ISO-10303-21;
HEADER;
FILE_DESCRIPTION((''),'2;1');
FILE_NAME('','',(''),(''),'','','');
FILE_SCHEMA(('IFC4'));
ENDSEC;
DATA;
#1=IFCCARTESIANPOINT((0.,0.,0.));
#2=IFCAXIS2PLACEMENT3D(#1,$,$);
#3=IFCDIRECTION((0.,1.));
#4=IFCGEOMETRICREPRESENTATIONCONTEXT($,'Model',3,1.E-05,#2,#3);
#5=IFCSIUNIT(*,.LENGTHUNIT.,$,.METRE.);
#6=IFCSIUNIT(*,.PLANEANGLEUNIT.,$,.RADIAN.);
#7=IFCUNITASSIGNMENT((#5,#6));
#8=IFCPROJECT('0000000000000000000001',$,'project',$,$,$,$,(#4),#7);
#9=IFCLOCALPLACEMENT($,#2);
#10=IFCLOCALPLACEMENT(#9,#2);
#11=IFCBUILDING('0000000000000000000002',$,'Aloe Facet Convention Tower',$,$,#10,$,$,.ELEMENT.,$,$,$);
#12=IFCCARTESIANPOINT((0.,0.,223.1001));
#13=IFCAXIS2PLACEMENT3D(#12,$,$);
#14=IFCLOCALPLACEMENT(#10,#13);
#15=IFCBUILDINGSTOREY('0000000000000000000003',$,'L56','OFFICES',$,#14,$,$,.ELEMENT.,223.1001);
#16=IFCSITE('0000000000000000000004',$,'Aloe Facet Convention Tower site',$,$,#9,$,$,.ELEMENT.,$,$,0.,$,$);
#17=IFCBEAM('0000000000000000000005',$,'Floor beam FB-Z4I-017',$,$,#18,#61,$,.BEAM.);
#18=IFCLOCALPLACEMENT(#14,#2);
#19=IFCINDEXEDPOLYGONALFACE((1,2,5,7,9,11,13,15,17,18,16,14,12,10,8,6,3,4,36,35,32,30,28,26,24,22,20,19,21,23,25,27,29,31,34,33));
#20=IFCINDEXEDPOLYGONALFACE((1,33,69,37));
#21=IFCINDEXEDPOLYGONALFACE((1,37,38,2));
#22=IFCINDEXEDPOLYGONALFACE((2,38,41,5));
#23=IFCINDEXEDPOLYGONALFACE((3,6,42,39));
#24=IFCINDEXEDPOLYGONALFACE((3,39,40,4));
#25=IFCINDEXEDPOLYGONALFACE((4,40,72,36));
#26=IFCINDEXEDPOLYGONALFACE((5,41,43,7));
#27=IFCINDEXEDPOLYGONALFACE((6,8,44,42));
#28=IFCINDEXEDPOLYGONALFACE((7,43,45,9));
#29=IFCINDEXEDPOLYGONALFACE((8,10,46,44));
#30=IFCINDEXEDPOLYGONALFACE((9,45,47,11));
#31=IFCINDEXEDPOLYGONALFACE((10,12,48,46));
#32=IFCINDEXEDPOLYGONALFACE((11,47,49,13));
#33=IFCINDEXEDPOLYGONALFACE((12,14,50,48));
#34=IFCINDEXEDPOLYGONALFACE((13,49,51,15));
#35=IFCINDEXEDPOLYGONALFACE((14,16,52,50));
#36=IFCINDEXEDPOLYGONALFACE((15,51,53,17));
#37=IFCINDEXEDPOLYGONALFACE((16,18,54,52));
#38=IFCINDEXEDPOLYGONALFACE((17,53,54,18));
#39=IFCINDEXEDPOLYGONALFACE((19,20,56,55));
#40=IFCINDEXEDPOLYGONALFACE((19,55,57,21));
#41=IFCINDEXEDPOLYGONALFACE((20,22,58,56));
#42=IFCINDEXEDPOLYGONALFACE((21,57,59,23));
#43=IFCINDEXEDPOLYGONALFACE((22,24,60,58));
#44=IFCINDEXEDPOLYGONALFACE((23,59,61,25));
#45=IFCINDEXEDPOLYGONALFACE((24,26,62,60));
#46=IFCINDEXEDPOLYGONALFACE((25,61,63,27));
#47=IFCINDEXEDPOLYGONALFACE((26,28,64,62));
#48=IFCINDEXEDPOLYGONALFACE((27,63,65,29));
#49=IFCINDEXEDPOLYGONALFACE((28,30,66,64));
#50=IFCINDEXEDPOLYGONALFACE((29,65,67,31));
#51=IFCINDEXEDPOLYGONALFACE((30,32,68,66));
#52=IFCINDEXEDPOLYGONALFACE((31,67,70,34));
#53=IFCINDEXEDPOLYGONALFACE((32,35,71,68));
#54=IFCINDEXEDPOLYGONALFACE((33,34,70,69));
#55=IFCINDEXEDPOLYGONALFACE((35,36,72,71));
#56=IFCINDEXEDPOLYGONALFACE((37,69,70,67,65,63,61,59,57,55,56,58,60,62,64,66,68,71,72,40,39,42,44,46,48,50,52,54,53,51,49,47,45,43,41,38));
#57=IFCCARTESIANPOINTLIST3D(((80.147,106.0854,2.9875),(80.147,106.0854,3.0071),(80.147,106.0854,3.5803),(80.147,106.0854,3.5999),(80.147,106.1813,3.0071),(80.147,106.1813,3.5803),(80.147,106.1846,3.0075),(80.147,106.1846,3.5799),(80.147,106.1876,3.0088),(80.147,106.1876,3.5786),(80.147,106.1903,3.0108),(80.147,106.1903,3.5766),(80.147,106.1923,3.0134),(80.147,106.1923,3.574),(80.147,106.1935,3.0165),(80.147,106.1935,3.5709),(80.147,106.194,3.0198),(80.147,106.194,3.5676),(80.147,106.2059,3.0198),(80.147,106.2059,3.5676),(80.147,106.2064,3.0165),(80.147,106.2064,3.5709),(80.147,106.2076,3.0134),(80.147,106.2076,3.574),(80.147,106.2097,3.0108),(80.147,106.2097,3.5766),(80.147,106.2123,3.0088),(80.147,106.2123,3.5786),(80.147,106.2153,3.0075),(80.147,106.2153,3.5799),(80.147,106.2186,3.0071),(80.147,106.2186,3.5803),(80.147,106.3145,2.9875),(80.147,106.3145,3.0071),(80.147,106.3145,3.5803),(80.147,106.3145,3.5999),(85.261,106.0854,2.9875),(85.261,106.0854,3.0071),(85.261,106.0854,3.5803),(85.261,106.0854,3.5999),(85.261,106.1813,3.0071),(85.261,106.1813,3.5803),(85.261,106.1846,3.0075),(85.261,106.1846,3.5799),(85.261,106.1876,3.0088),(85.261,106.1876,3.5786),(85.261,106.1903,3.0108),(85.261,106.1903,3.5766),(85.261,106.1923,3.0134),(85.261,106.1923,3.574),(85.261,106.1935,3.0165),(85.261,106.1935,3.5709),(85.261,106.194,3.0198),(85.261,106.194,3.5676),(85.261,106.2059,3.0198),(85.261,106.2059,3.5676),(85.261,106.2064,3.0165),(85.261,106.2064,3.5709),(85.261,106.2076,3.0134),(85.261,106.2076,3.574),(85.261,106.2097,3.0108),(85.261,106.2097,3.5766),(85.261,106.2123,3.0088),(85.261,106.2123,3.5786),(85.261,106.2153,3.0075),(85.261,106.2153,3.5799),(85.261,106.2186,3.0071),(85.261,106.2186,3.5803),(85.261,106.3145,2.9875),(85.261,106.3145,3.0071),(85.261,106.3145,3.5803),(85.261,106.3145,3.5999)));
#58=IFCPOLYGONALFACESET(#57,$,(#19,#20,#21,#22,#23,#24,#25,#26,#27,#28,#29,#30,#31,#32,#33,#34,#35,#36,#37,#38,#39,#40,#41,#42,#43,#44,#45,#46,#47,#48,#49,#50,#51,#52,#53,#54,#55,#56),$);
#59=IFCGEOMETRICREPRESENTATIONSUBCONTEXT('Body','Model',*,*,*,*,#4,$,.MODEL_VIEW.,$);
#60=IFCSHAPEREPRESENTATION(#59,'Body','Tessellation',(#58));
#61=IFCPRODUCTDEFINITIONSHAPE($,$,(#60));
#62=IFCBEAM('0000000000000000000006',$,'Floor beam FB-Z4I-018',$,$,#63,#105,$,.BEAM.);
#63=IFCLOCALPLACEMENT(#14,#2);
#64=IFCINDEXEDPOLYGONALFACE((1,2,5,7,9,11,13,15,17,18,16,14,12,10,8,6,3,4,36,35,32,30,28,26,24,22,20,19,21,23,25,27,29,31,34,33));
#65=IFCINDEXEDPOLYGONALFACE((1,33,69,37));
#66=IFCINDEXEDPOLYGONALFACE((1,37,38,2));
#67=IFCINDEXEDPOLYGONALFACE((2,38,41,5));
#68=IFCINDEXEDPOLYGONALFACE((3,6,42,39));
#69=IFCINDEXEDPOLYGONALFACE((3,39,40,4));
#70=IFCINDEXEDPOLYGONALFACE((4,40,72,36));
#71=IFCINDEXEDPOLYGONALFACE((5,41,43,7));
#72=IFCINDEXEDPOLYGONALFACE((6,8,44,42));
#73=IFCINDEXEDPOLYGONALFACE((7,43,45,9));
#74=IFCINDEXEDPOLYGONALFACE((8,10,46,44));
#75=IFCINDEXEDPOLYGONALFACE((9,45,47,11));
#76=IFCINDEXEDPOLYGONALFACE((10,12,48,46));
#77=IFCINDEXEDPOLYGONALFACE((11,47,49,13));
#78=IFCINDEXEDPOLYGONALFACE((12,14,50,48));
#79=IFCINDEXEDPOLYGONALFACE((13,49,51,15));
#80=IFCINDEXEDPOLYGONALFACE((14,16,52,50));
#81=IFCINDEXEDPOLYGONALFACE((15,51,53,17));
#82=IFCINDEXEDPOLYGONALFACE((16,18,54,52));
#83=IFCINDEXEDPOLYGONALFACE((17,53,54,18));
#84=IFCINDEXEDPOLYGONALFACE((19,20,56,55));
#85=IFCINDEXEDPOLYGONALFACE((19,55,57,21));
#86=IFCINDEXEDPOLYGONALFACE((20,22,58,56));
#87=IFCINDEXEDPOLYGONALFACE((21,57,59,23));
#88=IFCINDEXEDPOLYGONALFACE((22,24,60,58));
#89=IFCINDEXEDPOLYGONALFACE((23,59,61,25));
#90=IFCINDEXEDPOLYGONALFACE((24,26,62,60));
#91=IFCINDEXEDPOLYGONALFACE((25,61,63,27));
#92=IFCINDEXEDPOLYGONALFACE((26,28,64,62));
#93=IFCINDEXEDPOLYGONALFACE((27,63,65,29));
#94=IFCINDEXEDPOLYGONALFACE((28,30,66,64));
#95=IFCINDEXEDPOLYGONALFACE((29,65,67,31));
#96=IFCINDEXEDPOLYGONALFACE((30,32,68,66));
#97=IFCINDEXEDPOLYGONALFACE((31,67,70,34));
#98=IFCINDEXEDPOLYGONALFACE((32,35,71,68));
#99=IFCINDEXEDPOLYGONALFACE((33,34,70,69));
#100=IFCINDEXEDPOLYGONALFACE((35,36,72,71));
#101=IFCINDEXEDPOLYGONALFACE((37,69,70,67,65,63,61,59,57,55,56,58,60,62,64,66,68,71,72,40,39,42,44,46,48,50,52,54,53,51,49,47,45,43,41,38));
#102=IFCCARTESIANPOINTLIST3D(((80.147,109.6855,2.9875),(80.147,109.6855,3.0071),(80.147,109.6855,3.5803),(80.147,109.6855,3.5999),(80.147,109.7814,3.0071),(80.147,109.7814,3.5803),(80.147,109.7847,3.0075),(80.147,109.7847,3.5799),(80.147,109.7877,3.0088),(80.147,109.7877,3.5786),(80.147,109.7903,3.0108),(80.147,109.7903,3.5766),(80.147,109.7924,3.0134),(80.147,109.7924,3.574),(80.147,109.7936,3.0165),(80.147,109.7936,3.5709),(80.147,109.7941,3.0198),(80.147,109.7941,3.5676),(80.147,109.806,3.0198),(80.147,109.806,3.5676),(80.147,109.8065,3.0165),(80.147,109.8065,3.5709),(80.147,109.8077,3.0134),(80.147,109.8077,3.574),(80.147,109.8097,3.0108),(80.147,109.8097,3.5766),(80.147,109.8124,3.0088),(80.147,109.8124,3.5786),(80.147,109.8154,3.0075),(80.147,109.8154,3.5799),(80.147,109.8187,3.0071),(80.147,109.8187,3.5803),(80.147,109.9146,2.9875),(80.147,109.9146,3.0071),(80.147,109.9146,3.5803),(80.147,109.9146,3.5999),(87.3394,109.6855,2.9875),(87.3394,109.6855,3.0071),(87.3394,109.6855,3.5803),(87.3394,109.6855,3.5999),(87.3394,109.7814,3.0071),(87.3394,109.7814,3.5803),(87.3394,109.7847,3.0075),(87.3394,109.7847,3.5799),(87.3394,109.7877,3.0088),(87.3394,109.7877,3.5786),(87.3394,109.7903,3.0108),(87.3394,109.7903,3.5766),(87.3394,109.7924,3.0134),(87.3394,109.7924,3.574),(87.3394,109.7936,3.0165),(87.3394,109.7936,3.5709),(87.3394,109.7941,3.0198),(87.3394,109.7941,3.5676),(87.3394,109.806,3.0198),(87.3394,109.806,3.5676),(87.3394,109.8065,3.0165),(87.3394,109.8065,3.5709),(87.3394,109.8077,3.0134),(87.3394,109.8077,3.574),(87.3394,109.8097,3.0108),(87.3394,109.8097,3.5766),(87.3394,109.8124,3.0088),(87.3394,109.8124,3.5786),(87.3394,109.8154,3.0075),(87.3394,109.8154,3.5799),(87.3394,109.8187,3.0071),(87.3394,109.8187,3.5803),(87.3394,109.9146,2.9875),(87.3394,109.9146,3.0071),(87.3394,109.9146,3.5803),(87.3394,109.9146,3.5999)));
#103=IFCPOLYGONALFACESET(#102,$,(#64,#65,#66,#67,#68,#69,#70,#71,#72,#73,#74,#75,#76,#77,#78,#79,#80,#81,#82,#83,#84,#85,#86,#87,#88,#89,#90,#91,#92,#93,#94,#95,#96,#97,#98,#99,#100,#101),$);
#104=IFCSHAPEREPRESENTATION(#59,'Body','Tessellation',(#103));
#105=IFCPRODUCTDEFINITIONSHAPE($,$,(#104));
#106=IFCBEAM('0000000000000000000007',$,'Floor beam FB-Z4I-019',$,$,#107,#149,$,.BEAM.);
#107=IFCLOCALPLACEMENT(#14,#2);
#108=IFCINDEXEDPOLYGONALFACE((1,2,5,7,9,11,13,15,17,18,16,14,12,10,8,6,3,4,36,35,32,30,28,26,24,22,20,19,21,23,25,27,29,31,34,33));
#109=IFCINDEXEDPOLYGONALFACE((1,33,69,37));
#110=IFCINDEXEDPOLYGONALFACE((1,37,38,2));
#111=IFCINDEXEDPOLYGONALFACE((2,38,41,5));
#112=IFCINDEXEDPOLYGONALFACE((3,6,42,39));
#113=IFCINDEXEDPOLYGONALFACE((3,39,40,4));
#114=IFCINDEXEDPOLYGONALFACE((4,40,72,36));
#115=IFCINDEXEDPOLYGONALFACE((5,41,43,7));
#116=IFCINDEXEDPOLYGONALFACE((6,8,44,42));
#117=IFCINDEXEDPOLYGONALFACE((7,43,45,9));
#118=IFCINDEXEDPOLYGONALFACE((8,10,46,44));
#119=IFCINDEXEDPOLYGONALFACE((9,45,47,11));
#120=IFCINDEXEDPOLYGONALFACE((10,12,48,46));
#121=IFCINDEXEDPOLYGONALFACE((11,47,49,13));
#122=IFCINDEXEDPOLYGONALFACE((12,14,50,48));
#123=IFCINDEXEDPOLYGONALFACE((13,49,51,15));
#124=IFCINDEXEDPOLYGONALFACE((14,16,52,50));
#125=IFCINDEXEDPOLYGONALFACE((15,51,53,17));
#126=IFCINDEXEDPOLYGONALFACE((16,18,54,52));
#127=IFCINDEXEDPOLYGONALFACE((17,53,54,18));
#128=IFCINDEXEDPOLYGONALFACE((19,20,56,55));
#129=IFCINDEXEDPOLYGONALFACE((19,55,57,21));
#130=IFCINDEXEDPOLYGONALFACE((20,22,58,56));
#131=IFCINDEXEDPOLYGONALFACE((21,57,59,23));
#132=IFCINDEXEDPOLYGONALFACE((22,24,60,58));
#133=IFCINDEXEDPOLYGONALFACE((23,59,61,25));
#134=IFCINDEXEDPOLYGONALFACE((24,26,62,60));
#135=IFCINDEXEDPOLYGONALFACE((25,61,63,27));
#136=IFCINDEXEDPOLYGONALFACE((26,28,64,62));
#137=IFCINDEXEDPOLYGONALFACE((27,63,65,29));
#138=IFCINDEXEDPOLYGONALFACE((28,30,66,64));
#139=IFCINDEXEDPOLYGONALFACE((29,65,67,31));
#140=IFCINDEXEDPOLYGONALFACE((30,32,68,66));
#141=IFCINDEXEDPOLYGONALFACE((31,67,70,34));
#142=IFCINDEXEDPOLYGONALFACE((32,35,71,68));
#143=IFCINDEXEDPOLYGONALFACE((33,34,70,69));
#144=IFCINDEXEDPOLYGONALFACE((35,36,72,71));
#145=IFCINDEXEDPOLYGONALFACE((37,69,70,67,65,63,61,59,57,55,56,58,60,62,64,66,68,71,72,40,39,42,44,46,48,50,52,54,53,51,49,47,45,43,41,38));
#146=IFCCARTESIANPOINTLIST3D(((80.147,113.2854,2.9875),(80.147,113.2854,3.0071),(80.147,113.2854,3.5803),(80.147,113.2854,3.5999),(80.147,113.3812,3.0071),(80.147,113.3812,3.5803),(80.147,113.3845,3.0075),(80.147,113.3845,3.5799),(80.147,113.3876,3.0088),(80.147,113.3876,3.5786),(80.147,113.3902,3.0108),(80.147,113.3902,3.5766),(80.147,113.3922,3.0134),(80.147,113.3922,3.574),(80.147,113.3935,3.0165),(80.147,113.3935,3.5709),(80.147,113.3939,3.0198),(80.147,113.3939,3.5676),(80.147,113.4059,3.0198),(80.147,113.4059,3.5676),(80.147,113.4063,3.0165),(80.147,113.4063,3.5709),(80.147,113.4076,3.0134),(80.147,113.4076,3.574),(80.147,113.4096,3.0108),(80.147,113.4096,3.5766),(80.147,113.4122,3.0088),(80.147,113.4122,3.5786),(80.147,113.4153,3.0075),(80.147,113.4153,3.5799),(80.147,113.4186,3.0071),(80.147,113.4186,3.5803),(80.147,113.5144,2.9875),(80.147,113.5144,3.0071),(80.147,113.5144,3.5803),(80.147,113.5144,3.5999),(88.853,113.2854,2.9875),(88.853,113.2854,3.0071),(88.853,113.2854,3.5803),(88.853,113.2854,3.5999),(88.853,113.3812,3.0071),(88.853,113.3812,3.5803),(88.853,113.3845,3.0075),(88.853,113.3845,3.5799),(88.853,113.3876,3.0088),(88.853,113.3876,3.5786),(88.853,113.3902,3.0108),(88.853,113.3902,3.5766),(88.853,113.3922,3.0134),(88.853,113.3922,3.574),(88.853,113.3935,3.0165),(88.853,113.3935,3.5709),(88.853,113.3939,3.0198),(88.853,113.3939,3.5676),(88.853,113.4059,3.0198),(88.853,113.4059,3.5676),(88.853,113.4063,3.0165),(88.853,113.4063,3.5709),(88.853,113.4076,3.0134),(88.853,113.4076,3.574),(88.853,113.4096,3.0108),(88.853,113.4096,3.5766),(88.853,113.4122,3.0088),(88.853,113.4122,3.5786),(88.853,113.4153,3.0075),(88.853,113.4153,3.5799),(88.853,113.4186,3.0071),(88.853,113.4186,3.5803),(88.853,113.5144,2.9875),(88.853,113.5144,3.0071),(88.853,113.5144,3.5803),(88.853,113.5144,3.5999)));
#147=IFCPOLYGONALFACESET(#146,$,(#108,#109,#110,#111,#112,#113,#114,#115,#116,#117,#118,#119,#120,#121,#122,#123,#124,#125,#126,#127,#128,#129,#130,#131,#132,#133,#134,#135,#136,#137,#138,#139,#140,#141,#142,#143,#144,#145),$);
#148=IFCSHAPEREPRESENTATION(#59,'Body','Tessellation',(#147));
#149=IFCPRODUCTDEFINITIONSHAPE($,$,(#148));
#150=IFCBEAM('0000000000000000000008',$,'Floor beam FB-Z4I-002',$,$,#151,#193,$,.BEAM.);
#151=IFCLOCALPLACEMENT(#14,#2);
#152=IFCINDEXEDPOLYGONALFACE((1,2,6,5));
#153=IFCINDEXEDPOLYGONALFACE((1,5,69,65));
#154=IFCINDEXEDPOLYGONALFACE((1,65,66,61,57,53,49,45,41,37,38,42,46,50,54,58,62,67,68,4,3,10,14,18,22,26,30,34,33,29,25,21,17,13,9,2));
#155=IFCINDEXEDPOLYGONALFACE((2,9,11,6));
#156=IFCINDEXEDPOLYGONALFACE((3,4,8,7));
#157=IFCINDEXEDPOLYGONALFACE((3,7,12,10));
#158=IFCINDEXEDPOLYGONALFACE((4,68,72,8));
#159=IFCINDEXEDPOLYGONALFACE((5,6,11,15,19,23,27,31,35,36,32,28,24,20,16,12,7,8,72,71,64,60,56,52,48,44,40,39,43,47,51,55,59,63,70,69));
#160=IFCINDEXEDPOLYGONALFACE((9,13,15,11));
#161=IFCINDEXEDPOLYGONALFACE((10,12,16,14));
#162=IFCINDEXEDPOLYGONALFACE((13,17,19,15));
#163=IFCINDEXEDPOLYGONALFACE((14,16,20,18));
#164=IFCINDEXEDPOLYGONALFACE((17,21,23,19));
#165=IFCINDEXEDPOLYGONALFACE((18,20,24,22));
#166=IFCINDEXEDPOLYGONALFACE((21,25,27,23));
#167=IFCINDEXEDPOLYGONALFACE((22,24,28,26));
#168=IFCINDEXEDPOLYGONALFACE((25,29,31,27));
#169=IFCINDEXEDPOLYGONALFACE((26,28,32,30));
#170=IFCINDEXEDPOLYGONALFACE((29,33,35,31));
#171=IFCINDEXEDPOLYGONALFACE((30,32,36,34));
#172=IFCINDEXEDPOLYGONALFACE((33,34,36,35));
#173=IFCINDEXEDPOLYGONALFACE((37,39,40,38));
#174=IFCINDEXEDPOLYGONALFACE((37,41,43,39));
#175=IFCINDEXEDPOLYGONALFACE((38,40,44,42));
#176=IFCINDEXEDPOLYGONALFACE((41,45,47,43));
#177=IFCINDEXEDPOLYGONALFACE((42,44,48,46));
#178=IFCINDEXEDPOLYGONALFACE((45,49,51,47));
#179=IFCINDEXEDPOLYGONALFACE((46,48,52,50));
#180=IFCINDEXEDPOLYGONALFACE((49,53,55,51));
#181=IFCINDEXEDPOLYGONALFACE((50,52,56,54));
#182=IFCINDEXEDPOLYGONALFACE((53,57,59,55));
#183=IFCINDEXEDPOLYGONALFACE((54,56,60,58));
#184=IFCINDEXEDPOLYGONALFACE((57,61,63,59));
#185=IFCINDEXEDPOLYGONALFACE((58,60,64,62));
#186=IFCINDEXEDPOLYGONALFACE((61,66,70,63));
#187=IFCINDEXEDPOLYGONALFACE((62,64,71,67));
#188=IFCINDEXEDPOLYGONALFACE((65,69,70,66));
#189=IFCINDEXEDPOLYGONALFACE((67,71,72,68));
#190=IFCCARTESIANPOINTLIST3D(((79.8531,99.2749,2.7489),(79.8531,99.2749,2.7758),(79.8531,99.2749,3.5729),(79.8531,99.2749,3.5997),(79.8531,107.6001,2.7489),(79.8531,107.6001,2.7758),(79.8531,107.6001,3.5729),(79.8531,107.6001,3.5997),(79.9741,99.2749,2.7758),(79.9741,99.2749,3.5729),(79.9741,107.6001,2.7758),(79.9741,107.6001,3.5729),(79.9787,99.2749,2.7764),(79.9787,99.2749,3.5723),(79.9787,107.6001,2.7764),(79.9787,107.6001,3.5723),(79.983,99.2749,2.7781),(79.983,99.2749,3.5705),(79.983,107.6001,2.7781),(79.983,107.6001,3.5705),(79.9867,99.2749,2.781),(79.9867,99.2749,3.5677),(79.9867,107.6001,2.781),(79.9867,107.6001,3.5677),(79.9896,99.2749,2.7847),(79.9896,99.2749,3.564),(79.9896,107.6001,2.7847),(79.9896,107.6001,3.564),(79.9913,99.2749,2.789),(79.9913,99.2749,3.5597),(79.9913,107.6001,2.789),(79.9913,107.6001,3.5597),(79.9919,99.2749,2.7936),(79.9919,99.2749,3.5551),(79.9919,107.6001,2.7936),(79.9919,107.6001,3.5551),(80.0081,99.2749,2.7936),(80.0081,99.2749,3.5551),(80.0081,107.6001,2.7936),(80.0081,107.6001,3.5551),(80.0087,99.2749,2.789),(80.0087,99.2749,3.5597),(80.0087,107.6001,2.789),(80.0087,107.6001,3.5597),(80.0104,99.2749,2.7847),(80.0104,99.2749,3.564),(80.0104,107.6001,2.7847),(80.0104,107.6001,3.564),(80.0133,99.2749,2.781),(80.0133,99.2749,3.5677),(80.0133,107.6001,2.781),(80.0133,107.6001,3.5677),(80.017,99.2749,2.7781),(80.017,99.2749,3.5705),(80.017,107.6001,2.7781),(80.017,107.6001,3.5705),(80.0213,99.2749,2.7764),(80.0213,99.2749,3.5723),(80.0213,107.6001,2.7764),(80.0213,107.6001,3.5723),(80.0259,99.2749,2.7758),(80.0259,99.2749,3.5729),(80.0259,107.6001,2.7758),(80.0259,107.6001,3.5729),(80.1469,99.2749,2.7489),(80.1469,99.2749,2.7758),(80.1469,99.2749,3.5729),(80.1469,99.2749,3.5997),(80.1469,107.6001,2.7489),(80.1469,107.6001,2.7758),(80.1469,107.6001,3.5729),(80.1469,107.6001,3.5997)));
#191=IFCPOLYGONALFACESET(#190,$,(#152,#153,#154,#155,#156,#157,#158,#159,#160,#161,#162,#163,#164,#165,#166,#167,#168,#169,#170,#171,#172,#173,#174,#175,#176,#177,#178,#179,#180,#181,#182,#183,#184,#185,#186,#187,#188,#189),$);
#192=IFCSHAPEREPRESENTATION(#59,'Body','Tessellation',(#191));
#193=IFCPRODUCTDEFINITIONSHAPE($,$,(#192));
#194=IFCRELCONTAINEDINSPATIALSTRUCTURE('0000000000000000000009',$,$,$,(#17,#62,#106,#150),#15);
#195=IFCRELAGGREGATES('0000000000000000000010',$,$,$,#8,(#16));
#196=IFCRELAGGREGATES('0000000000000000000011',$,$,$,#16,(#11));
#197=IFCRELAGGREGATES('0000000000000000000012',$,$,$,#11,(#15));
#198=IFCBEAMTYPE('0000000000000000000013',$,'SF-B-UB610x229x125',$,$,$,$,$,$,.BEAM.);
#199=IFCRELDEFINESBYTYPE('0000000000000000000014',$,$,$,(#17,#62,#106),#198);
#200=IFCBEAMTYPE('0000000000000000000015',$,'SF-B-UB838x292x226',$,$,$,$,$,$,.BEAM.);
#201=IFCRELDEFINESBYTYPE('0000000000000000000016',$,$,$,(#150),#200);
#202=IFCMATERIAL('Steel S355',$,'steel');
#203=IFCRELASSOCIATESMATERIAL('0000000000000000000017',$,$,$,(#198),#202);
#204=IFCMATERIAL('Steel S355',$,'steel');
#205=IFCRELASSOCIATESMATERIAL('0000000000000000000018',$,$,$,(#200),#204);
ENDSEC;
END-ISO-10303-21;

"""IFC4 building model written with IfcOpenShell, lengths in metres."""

from ifc_helpers import new_model, si_unit, direction, frame, origin, origin_2d, place, context, subcontext, project, spatial, i_section, extrude, material, material_profile, profile_set, type_object, element, save


model = new_model("IFC4")

# Units and contexts
model_context = context("Model", 3, precision=1e-05, world=origin(), true_north=direction((0.0, 1.0)))
body_context = subcontext(model_context, "Body", "Model", "MODEL_VIEW")
ifc_project = project(units=[si_unit("LENGTHUNIT", "METRE"), si_unit("PLANEANGLEUNIT", "RADIAN")], contexts=[model_context])

# Site, building, storey
site_placement = place(None, origin())
site = spatial("IfcSite", under=ifc_project, at=site_placement, Name="Aloe Facet Convention Tower site", CompositionType="ELEMENT", RefElevation=0.0)
building_placement = place(site_placement, origin())
building = spatial("IfcBuilding", under=site, at=building_placement, Name="Aloe Facet Convention Tower", CompositionType="ELEMENT")
storey_placement = place(building_placement, frame((0.0, 0.0, 223.1001)))
storey = spatial("IfcBuildingStorey", under=building, at=storey_placement, Name="L56", Description="OFFICES", CompositionType="ELEMENT", Elevation=223.1001)

# Beams
ifc_material_1 = material(Name="Steel S355", Category="steel")
ifc_material_profile_1 = material_profile(ifc_material_1, i_section(OverallWidth=0.229, OverallDepth=0.6123, WebThickness=0.012, FlangeThickness=0.0195, FilletRadius=0.0127, at=origin_2d()), Name="UB 610x229x125")
ifc_profile_set_1 = profile_set([ifc_material_profile_1], Name="Steel S355")
beam_type_1 = type_object("IfcBeamType", Name="SF-B-UB610x229x125", PredefinedType="BEAM", material=ifc_profile_set_1)
for number, where, z_axis, x_axis, name in (
    (1, (80.147, 106.2, 3.2937), (1.0, 0.0, 0.0), (0.0, 1.0, 0.0), "Floor beam FB-Z4I-017"),
):
    element("IfcBeam", number, at=place(storey_placement, frame(where, z_axis=z_axis, x_axis=x_axis)), inside=storey, type_object=beam_type_1, Name=name, PredefinedType="BEAM", context=body_context, shape_type="SweptSolid", body=[
        extrude(i_section(OverallWidth=0.229, OverallDepth=0.6123, WebThickness=0.012, FlangeThickness=0.0195, FilletRadius=0.0127, at=origin_2d()), origin(), (0.0, 0.0, 1.0), 5.114),
    ])
beam_1_placement = place(storey_placement, frame((80.147, 109.8, 3.2937), z_axis=(1.0, 0.0, 0.0), x_axis=(0.0, 1.0, 0.0)))
element("IfcBeam", 2, at=beam_1_placement, inside=storey, type_object=beam_type_1, Name="Floor beam FB-Z4I-018", PredefinedType="BEAM", context=body_context, shape_type="SweptSolid", body=[
    extrude(i_section(OverallWidth=0.229, OverallDepth=0.6123, WebThickness=0.012, FlangeThickness=0.0195, FilletRadius=0.0127, at=origin_2d()), origin(), (0.0, 0.0, 1.0), 7.1924),
])
beam_2_placement = place(storey_placement, frame((80.147, 113.3999, 3.2937), z_axis=(1.0, 0.0, 0.0), x_axis=(0.0, 1.0, 0.0)))
element("IfcBeam", 3, at=beam_2_placement, inside=storey, type_object=beam_type_1, Name="Floor beam FB-Z4I-019", PredefinedType="BEAM", context=body_context, shape_type="SweptSolid", body=[
    extrude(i_section(OverallWidth=0.229, OverallDepth=0.6123, WebThickness=0.012, FlangeThickness=0.0195, FilletRadius=0.0127, at=origin_2d()), origin(), (0.0, 0.0, 1.0), 8.7061),
])
ifc_material_2 = material(Name="Steel S355", Category="steel")
ifc_material_profile_2 = material_profile(ifc_material_2, i_section(OverallWidth=0.2937, OverallDepth=0.8508, WebThickness=0.0161, FlangeThickness=0.0269, FilletRadius=0.0178, at=origin_2d()), Name="UB 838x292x226")
ifc_profile_set_2 = profile_set([ifc_material_profile_2], Name="Steel S355")
beam_type_2 = type_object("IfcBeamType", Name="SF-B-UB838x292x226", PredefinedType="BEAM", material=ifc_profile_set_2)
beam_3_placement = place(storey_placement, frame((80.0, 107.6001, 3.1743), z_axis=(0.0, -1.0, 0.0), x_axis=(1.0, 0.0, 0.0)))
element("IfcBeam", 4, at=beam_3_placement, inside=storey, type_object=beam_type_2, Name="Floor beam FB-Z4I-002", PredefinedType="BEAM", context=body_context, shape_type="SweptSolid", body=[
    extrude(i_section(OverallWidth=0.2937, OverallDepth=0.8508, WebThickness=0.0161, FlangeThickness=0.0269, FilletRadius=0.0178, at=origin_2d()), origin(), (0.0, 0.0, 1.0), 8.3252),
])

save(model, "model.ifc")
